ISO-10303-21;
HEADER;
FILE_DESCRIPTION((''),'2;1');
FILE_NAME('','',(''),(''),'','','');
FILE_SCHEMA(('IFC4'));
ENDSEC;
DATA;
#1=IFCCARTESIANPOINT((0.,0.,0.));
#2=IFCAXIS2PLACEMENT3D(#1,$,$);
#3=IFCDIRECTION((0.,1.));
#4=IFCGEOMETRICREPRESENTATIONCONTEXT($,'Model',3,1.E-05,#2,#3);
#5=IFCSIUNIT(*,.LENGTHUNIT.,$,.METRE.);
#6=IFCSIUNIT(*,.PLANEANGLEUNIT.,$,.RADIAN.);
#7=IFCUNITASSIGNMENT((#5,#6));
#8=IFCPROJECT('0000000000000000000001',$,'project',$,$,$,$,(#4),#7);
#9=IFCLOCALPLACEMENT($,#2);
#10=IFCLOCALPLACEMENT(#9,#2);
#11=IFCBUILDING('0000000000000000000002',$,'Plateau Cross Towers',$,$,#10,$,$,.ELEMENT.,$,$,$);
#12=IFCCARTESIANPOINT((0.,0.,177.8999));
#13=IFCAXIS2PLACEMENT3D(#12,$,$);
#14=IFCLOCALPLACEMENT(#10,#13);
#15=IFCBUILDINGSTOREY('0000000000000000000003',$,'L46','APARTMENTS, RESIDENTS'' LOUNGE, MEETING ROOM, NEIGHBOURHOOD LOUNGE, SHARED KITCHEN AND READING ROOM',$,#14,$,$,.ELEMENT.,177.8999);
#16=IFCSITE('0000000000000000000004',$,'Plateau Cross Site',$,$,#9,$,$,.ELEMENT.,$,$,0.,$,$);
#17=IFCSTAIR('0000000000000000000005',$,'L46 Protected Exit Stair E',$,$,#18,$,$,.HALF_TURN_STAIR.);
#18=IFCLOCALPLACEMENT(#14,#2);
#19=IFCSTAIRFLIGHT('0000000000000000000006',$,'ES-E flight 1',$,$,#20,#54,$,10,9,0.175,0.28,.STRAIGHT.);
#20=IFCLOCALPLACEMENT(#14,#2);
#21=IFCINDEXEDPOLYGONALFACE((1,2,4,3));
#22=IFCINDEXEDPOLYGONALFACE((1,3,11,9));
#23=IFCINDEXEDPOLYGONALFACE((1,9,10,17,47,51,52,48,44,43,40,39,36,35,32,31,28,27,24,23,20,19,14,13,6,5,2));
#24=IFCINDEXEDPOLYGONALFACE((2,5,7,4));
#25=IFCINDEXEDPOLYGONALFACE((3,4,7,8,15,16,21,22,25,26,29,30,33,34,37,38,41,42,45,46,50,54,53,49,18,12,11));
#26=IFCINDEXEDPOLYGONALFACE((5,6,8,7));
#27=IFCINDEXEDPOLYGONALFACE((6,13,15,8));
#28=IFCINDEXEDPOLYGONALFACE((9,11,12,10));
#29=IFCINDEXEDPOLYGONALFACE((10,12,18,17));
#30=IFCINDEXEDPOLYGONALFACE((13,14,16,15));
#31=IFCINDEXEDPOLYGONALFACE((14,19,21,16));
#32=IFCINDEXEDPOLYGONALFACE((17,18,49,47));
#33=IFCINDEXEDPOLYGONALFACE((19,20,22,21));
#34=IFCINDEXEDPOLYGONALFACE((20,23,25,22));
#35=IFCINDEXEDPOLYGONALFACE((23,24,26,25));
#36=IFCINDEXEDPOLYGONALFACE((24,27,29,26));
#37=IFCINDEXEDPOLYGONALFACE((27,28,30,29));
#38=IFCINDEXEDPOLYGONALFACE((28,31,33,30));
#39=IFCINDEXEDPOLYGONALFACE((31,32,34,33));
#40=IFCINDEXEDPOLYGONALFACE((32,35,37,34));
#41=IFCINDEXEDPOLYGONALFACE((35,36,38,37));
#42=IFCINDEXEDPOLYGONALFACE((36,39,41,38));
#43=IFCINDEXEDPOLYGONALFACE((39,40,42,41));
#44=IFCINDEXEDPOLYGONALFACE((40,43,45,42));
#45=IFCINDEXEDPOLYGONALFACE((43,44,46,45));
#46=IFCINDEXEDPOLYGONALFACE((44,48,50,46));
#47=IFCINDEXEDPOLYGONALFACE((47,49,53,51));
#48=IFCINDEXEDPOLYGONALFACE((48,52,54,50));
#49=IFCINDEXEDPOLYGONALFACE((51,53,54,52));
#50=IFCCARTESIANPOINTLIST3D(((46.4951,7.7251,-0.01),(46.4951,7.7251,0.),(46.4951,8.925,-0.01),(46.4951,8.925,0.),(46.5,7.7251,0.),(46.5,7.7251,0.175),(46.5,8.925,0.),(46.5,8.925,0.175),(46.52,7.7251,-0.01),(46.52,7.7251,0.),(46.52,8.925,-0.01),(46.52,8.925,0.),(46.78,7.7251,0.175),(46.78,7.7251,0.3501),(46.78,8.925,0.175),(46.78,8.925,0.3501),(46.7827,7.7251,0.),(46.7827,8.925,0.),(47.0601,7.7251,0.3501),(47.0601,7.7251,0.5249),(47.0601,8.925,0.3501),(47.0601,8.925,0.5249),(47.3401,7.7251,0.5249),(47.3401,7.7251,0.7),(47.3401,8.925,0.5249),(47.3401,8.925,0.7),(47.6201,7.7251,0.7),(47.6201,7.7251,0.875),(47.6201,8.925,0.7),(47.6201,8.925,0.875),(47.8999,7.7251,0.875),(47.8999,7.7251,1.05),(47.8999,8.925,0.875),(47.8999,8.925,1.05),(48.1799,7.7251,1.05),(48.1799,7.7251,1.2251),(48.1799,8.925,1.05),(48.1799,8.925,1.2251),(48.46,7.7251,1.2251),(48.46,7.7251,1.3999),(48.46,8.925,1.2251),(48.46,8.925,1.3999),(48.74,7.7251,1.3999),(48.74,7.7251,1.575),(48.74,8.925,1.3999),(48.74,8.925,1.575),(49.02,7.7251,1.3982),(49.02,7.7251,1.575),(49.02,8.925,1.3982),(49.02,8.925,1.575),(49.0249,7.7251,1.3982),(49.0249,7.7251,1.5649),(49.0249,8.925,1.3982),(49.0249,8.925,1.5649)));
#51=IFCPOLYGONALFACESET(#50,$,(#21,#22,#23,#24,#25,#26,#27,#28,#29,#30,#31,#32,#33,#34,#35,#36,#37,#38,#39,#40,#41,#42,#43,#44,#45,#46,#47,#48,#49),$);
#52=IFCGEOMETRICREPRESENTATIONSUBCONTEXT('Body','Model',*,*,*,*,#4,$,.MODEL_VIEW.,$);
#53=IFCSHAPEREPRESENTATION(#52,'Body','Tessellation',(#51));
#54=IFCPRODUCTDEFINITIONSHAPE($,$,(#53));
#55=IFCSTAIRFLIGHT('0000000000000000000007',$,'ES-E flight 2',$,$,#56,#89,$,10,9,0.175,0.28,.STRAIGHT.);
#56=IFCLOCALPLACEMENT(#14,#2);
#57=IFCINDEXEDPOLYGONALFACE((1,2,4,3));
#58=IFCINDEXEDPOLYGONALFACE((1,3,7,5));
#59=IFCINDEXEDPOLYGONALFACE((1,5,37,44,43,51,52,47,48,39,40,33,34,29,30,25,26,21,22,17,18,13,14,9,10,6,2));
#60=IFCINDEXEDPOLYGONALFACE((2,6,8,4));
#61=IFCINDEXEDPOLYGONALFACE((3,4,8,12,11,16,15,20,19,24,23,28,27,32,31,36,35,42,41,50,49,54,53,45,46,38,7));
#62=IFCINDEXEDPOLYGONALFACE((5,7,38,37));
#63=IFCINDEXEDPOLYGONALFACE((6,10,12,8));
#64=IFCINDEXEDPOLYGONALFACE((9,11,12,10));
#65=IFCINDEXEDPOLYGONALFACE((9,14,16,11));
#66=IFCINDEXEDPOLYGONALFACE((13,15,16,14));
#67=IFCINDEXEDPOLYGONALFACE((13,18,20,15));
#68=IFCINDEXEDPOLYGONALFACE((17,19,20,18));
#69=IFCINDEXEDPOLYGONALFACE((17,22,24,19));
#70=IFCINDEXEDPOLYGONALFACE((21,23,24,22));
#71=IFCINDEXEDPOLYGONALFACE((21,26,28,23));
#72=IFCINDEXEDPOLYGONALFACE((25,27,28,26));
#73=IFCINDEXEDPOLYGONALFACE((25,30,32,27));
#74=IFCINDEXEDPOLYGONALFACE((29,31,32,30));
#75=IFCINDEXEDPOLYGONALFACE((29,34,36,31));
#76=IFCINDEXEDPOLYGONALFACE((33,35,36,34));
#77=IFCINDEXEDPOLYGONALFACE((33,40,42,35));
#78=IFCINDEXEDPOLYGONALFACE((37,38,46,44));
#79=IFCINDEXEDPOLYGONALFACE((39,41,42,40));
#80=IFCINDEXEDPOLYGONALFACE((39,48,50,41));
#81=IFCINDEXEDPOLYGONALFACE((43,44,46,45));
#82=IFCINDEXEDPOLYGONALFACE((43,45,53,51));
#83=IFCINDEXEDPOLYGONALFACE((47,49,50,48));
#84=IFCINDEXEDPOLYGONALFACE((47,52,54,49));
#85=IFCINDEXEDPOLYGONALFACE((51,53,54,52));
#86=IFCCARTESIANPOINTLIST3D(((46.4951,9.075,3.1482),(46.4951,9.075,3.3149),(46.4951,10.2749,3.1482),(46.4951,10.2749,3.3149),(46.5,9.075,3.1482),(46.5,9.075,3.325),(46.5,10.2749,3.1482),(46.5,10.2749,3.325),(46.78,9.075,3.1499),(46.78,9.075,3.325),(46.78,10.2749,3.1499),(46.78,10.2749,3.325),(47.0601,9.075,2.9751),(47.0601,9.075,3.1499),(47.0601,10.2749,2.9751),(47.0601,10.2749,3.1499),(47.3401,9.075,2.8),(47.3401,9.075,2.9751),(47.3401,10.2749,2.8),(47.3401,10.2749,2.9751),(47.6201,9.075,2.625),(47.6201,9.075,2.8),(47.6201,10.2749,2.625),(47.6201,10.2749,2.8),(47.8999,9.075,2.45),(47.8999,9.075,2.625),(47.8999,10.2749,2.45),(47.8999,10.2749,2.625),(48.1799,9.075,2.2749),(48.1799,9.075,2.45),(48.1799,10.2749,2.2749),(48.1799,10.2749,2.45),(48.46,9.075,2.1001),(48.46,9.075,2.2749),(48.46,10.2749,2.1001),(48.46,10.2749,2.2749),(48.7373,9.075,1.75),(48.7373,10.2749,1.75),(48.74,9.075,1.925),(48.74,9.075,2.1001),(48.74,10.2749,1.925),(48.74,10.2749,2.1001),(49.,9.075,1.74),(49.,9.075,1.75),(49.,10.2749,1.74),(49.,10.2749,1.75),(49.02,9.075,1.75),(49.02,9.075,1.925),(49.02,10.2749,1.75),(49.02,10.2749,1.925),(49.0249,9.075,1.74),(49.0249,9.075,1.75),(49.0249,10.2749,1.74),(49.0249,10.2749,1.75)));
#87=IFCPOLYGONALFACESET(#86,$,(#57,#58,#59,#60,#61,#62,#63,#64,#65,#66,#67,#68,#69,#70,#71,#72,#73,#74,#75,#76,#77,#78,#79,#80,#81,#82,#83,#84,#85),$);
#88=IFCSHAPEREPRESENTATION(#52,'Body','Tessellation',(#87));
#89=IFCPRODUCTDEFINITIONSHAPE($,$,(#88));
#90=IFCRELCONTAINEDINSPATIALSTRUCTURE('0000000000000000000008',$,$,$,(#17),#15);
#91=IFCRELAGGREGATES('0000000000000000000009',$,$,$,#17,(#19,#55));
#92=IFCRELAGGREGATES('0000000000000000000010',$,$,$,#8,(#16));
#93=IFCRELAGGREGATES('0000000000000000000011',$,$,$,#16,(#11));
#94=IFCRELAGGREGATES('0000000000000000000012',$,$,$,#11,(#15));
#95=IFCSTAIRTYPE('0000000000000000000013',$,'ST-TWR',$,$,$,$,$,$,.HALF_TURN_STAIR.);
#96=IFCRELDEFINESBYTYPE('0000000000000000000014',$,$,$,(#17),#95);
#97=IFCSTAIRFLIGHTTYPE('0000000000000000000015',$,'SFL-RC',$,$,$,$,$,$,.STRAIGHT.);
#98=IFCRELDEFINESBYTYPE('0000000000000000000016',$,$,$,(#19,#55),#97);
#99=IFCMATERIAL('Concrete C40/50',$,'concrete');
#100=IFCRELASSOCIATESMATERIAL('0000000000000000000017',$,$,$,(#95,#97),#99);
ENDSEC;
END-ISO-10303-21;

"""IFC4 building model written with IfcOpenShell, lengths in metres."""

from ifc_helpers import new_model, si_unit, direction, frame, origin, place, context, subcontext, project, spatial, polyline, outline, extrude, material, type_object, element, aggregate, save


model = new_model("IFC4")

# Units and contexts
model_context = context("Model", 3, precision=1e-05, world=origin(), true_north=direction((0.0, 1.0)))
body_context = subcontext(model_context, "Body", "Model", "MODEL_VIEW")
ifc_project = project(units=[si_unit("LENGTHUNIT", "METRE"), si_unit("PLANEANGLEUNIT", "RADIAN")], contexts=[model_context])

# Site, building, storey
site_placement = place(None, origin())
site = spatial("IfcSite", under=ifc_project, at=site_placement, Name="Plateau Cross Site", CompositionType="ELEMENT", RefElevation=0.0)
building_placement = place(site_placement, origin())
building = spatial("IfcBuilding", under=site, at=building_placement, Name="Plateau Cross Towers", CompositionType="ELEMENT")
storey_placement = place(building_placement, frame((0.0, 0.0, 177.8999)))
storey = spatial("IfcBuildingStorey", under=building, at=storey_placement, Name="L46", Description="APARTMENTS, RESIDENTS' LOUNGE, MEETING ROOM, NEIGHBOURHOOD LOUNGE, SHARED KITCHEN AND READING ROOM", CompositionType="ELEMENT", Elevation=177.8999)

# Stair, stair flights
ifc_material_1 = material(Name="Concrete C40/50", Category="concrete")
stair_type = type_object("IfcStairType", Name="ST-TWR", PredefinedType="HALF_TURN_STAIR", material=ifc_material_1)
stair_placement = place(storey_placement, origin())
stair = element("IfcStair", 1, at=stair_placement, inside=storey, type_object=stair_type, Name="L46 Protected Exit Stair E", PredefinedType="HALF_TURN_STAIR")
stair_flight_type = type_object("IfcStairFlightType", Name="SFL-RC", PredefinedType="STRAIGHT", material=ifc_material_1)
stair_flight_1_placement = place(storey_placement, frame((46.5, 8.325, 0.0), z_axis=(0.0, 0.0, 1.0), x_axis=(1.0, 0.0, 0.0)))
stair_flight_1 = element("IfcStairFlight", 2, at=stair_flight_1_placement, type_object=stair_flight_type, Name="ES-E flight 1", NumberOfRisers=10, NumberOfTreads=9, PredefinedType="STRAIGHT", RiserHeight=0.175, TreadLength=0.28, context=body_context, shape_type="SweptSolid", body=[
    extrude(outline(polyline([(-0.0049, -0.01), (-0.0049, 0.0), (0.0, 0.0), (0.0, 0.175), (0.28, 0.175), (0.28, 0.3501), (0.5601, 0.3501), (0.5601, 0.5249), (0.8401, 0.5249), (0.8401, 0.7), (1.1201, 0.7), (1.1201, 0.875), (1.3999, 0.875), (1.3999, 1.05), (1.6799, 1.05), (1.6799, 1.2251), (1.96, 1.2251), (1.96, 1.3999), (2.24, 1.3999), (2.24, 1.575), (2.52, 1.575), (2.5249, 1.5649), (2.5249, 1.3982), (2.52, 1.3982), (0.2827, 0.0), (0.02, 0.0), (0.02, -0.01), (-0.0049, -0.01)])), frame((0.0, 0.6001, 0.0), z_axis=(0.0, -1.0, 0.0), x_axis=(1.0, 0.0, 0.0)), (0.0, 0.0, 1.0), 1.2),
])
stair_flight_2_placement = place(storey_placement, frame((49.02, 9.675, 1.75), z_axis=(0.0, 0.0, 1.0), x_axis=(-1.0, 0.0, 0.0)))
stair_flight_2 = element("IfcStairFlight", 3, at=stair_flight_2_placement, type_object=stair_flight_type, Name="ES-E flight 2", NumberOfRisers=10, NumberOfTreads=9, PredefinedType="STRAIGHT", RiserHeight=0.175, TreadLength=0.28, context=body_context, shape_type="SweptSolid", body=[
    extrude(outline(polyline([(-0.0049, -0.01), (-0.0049, 0.0), (0.0, 0.0), (0.0, 0.175), (0.28, 0.175), (0.28, 0.3501), (0.5601, 0.3501), (0.5601, 0.5249), (0.8401, 0.5249), (0.8401, 0.7), (1.1201, 0.7), (1.1201, 0.875), (1.3999, 0.875), (1.3999, 1.05), (1.6799, 1.05), (1.6799, 1.2251), (1.96, 1.2251), (1.96, 1.3999), (2.24, 1.3999), (2.24, 1.575), (2.52, 1.575), (2.5249, 1.5649), (2.5249, 1.3982), (2.52, 1.3982), (0.2827, 0.0), (0.02, 0.0), (0.02, -0.01), (-0.0049, -0.01)])), frame((0.0, 0.6001, 0.0), z_axis=(0.0, -1.0, 0.0), x_axis=(1.0, 0.0, 0.0)), (0.0, 0.0, 1.0), 1.2),
])
aggregate(stair, [stair_flight_1, stair_flight_2])

save(model, "model.ifc")
